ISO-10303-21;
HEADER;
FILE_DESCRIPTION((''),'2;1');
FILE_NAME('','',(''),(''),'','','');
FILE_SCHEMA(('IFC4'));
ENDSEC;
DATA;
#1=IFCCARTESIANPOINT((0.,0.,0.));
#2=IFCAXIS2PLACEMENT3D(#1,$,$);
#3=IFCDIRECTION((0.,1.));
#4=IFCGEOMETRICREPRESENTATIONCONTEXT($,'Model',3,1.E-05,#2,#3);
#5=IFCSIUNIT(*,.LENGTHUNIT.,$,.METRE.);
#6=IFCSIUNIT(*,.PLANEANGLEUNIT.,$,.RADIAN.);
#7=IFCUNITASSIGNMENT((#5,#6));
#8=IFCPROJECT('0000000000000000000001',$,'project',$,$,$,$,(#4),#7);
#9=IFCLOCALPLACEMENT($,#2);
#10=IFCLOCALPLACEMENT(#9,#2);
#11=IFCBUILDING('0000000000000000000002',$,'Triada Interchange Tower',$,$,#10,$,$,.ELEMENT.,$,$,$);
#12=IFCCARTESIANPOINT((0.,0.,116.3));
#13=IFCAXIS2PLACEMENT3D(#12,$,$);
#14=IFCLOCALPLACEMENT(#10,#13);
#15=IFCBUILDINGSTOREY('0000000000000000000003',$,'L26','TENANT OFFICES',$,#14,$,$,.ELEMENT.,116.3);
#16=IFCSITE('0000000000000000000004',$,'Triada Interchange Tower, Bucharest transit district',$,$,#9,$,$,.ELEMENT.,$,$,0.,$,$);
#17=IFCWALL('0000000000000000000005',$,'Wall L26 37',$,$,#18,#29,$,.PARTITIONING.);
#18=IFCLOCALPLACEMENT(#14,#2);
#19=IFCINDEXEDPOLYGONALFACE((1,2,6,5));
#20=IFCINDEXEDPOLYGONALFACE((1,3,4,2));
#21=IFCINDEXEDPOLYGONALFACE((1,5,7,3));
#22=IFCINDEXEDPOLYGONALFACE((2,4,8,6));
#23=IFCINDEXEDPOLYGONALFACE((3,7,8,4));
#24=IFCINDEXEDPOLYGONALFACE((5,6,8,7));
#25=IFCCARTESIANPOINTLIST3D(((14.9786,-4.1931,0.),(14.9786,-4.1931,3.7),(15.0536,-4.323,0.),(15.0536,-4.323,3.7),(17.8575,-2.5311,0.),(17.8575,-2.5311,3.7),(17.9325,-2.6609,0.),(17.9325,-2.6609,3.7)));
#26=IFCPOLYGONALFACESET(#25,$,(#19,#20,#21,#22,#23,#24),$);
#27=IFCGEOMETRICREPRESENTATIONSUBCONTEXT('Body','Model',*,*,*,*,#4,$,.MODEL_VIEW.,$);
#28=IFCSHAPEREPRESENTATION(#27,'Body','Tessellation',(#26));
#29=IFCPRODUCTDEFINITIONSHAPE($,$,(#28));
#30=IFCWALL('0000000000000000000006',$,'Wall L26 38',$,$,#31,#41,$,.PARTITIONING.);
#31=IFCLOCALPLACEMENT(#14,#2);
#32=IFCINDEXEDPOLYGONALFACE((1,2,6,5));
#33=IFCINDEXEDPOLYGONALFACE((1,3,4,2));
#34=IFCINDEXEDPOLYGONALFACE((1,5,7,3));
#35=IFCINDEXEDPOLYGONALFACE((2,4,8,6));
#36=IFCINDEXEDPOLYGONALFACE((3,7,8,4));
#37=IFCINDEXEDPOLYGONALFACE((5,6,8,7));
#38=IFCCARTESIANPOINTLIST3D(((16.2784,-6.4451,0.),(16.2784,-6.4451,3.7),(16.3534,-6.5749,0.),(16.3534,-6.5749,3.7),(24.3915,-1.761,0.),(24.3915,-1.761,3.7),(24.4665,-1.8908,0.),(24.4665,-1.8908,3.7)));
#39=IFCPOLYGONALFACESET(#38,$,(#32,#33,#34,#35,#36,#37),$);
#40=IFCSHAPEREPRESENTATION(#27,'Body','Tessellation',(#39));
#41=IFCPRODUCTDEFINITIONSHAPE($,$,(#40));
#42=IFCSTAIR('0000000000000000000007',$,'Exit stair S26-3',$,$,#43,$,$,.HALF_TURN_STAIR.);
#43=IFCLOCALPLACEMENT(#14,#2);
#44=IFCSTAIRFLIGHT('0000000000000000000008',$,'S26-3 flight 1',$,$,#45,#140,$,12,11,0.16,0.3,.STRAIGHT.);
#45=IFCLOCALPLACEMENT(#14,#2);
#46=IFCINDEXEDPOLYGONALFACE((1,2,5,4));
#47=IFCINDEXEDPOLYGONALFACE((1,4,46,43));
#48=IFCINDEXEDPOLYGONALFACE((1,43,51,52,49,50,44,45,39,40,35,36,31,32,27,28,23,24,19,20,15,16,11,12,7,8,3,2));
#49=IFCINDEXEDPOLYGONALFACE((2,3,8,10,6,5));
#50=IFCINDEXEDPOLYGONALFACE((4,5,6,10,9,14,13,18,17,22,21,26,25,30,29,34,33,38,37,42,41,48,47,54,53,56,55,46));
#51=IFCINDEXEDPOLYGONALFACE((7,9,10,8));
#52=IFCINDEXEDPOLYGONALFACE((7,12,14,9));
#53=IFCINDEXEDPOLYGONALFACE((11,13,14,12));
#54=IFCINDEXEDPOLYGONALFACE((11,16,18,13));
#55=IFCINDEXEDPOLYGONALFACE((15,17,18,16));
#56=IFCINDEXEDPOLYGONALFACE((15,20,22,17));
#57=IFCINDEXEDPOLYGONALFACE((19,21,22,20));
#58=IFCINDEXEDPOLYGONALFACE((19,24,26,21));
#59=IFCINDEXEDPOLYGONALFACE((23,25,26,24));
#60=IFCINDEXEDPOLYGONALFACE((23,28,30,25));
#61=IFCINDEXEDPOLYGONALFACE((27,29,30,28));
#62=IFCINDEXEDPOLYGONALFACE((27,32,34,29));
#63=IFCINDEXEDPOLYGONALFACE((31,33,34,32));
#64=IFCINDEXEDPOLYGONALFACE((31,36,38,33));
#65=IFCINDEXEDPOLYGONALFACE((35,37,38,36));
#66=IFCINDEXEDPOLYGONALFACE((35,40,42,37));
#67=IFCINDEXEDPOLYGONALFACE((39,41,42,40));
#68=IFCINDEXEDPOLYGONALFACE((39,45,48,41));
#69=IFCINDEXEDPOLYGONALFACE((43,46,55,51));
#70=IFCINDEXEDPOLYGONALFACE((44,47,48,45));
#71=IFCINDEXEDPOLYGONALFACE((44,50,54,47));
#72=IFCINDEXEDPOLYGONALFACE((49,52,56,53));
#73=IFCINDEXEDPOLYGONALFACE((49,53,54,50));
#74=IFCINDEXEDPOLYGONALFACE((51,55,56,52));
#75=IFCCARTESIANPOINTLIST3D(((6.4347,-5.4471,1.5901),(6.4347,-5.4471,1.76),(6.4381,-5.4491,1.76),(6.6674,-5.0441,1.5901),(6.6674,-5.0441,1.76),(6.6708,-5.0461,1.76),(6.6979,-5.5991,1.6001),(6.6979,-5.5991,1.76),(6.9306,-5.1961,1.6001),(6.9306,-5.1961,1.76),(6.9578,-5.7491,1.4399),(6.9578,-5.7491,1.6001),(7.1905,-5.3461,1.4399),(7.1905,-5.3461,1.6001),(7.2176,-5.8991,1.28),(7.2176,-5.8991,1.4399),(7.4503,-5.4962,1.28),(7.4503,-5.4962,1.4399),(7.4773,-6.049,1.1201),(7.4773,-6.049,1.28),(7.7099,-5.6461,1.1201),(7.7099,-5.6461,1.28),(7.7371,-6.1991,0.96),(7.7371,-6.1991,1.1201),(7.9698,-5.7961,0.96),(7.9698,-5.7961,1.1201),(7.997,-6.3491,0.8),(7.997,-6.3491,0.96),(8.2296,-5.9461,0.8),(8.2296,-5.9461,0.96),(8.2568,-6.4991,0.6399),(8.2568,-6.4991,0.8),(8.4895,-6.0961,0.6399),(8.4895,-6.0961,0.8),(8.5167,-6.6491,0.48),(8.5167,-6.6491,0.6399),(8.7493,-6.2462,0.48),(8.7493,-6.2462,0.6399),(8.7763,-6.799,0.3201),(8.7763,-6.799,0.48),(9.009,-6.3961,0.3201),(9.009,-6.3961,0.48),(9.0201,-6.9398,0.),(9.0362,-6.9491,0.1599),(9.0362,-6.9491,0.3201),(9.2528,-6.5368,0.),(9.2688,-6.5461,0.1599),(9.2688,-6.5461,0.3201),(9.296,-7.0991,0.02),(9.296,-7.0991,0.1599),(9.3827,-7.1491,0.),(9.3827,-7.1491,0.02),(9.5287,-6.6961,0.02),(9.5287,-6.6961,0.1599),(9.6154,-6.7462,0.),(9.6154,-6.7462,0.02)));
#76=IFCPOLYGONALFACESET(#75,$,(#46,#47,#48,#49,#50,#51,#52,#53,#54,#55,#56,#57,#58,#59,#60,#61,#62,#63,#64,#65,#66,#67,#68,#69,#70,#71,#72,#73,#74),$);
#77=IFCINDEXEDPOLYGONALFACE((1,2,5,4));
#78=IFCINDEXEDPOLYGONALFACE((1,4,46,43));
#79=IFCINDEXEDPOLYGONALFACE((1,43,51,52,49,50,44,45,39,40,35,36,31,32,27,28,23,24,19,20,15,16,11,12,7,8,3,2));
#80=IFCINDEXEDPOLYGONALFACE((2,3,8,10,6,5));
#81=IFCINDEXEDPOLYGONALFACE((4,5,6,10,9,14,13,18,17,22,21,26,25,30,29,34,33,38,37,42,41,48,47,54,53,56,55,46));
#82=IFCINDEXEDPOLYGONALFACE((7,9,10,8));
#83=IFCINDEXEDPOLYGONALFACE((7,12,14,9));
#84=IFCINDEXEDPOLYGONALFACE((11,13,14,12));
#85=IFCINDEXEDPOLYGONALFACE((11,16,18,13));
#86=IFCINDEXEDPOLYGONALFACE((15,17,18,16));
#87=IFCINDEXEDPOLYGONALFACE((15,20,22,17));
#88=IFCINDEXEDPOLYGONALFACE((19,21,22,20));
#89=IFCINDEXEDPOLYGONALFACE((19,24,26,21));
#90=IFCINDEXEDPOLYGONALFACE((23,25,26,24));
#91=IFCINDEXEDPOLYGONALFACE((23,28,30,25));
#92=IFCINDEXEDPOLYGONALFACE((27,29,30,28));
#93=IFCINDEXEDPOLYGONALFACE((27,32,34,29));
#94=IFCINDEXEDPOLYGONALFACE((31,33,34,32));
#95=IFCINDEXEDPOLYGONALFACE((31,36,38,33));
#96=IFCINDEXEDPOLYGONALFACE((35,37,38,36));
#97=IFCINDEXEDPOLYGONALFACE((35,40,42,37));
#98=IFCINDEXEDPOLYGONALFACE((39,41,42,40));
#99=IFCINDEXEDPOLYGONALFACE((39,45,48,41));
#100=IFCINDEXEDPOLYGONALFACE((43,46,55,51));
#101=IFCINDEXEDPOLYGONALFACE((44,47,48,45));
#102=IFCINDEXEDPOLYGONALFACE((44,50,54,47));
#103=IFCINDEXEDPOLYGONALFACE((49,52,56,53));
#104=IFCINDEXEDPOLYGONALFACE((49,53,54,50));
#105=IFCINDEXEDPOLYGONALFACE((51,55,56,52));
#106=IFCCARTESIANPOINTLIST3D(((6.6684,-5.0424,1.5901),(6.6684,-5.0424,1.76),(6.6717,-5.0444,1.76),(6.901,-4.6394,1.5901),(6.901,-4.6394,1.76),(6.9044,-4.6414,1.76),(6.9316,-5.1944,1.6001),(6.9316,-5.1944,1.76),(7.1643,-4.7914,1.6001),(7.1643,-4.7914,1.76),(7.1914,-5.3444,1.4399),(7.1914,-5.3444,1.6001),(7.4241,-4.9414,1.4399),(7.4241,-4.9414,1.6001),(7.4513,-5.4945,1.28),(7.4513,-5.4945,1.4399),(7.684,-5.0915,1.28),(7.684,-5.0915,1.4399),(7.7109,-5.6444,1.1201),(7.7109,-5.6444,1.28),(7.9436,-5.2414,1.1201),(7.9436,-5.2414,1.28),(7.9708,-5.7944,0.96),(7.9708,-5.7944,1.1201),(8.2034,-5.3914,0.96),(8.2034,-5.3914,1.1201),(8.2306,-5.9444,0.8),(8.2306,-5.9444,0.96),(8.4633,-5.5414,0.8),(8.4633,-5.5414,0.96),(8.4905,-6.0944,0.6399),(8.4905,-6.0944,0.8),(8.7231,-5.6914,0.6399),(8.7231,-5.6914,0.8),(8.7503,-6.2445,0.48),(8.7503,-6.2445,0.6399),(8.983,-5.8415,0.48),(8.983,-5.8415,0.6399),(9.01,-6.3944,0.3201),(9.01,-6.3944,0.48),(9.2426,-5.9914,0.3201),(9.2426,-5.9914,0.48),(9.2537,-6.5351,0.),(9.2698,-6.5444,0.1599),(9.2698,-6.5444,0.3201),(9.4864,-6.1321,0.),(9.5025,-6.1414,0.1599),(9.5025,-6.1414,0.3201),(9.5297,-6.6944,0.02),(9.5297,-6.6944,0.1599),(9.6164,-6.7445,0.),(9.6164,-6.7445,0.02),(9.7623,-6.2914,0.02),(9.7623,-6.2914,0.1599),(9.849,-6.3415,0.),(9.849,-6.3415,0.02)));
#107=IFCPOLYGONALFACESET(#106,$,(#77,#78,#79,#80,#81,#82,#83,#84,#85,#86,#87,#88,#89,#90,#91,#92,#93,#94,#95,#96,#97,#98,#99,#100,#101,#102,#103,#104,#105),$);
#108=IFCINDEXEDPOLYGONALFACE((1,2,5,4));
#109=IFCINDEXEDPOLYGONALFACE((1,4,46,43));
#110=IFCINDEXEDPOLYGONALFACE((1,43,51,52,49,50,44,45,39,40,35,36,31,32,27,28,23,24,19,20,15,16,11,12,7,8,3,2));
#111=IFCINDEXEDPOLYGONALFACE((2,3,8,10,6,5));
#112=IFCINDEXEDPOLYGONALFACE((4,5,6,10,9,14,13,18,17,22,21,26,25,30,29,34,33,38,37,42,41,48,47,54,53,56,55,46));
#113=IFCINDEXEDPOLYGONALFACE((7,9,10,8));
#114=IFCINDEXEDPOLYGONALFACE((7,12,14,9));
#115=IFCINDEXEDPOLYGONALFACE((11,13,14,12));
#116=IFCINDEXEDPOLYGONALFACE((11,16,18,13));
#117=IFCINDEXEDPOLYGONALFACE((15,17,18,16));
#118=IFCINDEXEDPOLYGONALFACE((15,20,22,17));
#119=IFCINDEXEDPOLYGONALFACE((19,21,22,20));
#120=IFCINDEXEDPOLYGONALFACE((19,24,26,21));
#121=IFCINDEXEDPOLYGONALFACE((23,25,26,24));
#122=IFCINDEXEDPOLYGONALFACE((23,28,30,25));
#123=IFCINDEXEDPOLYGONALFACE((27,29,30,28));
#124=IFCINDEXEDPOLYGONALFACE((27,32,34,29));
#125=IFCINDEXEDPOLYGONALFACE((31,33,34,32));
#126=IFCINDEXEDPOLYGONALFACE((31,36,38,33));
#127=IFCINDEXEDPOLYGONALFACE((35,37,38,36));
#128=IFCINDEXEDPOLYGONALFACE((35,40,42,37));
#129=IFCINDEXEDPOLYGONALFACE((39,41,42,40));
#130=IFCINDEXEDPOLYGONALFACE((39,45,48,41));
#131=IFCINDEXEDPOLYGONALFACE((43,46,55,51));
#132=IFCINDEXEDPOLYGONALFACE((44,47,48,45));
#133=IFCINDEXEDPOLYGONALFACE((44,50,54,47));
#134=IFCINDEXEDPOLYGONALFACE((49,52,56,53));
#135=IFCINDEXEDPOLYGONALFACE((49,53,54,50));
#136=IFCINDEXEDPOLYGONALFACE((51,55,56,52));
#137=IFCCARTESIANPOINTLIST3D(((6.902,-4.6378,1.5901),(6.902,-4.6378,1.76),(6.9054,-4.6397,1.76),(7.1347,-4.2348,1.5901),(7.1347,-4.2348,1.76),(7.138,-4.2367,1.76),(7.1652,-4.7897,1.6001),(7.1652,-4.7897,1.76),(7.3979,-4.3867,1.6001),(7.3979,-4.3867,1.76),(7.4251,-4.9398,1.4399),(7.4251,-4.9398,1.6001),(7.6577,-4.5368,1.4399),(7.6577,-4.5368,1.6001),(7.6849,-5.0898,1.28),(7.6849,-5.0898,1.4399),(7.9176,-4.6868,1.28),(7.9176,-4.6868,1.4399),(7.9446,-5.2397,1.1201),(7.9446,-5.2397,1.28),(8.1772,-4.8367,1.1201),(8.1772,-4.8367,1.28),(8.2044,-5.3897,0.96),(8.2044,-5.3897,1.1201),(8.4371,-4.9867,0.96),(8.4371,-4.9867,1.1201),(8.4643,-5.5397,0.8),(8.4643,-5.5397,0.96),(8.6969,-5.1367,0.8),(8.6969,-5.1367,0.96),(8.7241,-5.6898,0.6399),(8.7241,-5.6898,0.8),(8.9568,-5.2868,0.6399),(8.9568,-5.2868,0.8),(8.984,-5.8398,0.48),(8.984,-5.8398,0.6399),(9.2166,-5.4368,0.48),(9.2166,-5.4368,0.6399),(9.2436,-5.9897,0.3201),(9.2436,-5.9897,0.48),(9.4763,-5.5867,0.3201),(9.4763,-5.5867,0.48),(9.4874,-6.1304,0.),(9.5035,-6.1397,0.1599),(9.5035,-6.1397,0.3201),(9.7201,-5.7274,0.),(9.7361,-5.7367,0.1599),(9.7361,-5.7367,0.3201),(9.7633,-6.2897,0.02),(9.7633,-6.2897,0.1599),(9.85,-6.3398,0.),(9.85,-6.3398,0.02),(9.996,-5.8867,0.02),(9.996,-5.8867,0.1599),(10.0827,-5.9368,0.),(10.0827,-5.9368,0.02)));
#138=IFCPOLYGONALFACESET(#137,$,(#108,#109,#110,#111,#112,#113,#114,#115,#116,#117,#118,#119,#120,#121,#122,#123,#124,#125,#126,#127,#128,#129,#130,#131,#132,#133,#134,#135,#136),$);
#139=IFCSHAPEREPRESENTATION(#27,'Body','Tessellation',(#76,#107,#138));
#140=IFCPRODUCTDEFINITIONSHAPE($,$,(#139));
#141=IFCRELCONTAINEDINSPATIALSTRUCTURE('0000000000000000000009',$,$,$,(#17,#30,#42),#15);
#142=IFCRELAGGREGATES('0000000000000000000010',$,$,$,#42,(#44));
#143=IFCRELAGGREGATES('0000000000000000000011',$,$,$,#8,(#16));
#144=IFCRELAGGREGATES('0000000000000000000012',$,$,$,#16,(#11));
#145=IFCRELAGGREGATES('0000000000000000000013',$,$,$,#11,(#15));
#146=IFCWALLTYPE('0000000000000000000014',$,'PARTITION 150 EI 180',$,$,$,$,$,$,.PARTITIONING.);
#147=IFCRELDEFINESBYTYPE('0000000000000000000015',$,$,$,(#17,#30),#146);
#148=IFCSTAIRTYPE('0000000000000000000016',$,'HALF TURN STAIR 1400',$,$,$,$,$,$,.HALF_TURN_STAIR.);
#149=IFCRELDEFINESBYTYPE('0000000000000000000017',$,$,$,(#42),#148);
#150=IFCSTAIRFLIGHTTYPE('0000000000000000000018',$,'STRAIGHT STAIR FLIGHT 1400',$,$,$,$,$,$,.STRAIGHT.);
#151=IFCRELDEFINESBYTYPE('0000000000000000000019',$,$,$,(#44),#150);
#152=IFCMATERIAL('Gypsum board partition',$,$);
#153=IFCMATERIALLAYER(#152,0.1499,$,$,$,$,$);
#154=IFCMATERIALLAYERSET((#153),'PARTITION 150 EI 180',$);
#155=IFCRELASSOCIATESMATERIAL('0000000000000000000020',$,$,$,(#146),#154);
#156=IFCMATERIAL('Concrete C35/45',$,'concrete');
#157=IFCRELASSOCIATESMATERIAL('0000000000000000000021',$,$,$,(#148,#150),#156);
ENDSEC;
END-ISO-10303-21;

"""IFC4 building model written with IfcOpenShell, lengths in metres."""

from ifc_helpers import new_model, si_unit, direction, frame, frame_2d, origin, place, context, subcontext, project, spatial, polyline, rectangle, outline, extrude, material, layer, layer_set, type_object, element, aggregate, save


model = new_model("IFC4")

# Units and contexts
model_context = context("Model", 3, precision=1e-05, world=origin(), true_north=direction((0.0, 1.0)))
body_context = subcontext(model_context, "Body", "Model", "MODEL_VIEW")
ifc_project = project(units=[si_unit("LENGTHUNIT", "METRE"), si_unit("PLANEANGLEUNIT", "RADIAN")], contexts=[model_context])

# Site, building, storey
site_placement = place(None, origin())
site = spatial("IfcSite", under=ifc_project, at=site_placement, Name="Triada Interchange Tower, Bucharest transit district", CompositionType="ELEMENT", RefElevation=0.0)
building_placement = place(site_placement, origin())
building = spatial("IfcBuilding", under=site, at=building_placement, Name="Triada Interchange Tower", CompositionType="ELEMENT")
storey_placement = place(building_placement, frame((0.0, 0.0, 116.3)))
storey = spatial("IfcBuildingStorey", under=building, at=storey_placement, Name="L26", Description="TENANT OFFICES", CompositionType="ELEMENT", Elevation=116.3)

# Walls
ifc_material_1 = material(Name="Gypsum board partition")
ifc_layer_1 = layer(ifc_material_1, 0.1499)
ifc_layer_set_1 = layer_set([ifc_layer_1], Name="PARTITION 150 EI 180")
wall_type_1 = type_object("IfcWallType", Name="PARTITION 150 EI 180", PredefinedType="PARTITIONING", material=ifc_layer_set_1)
wall_1_placement = place(storey_placement, frame((15.0161, -4.2581, 0.0), z_axis=(0.0, 0.0, 1.0), x_axis=(0.866029, 0.499994, 0.0)))
element("IfcWall", 1, at=wall_1_placement, inside=storey, type_object=wall_type_1, Name="Wall L26 37", PredefinedType="PARTITIONING", context=body_context, shape_type="SweptSolid", body=[
    extrude(rectangle(XDim=3.3242, YDim=0.1499, at=frame_2d((1.6621, 0.0))), origin(), (0.0, 0.0, 1.0), 3.7),
])
wall_2_placement = place(storey_placement, frame((16.3159, -6.51, 0.0), z_axis=(0.0, 0.0, 1.0), x_axis=(0.866025, 0.500001, 0.0)))
element("IfcWall", 2, at=wall_2_placement, inside=storey, type_object=wall_type_1, Name="Wall L26 38", PredefinedType="PARTITIONING", context=body_context, shape_type="SweptSolid", body=[
    extrude(rectangle(XDim=9.3682, YDim=0.1499, at=frame_2d((4.6841, 0.0))), origin(), (0.0, 0.0, 1.0), 3.7),
])

# Stair, stair flight
ifc_material_2 = material(Name="Concrete C35/45", Category="concrete")
stair_type = type_object("IfcStairType", Name="HALF TURN STAIR 1400", PredefinedType="HALF_TURN_STAIR", material=ifc_material_2)
stair_placement = place(storey_placement, origin())
stair = element("IfcStair", 3, at=stair_placement, inside=storey, type_object=stair_type, Name="Exit stair S26-3", PredefinedType="HALF_TURN_STAIR")
stair_flight_type = type_object("IfcStairFlightType", Name="STRAIGHT STAIR FLIGHT 1400", PredefinedType="STRAIGHT", material=ifc_material_2)
stair_flight_1_placement = place(storey_placement, frame((9.646, -6.4929, 0.0), z_axis=(0.0, 0.0, 1.0), x_axis=(-0.866025, 0.5, 0.0)))
stair_flight_1 = element("IfcStairFlight", 4, at=stair_flight_1_placement, type_object=stair_flight_type, Name="S26-3 flight 1", NumberOfRisers=12, NumberOfTreads=11, PredefinedType="STRAIGHT", RiserHeight=0.16, TreadLength=0.3, context=body_context, shape_type="SweptSolid", body=[
    extrude(outline(polyline([(-0.1001, 0.0), (-0.1001, 0.02), (0.0, 0.02), (0.0, 0.1599), (0.3, 0.1599), (0.3, 0.3201), (0.6001, 0.3201), (0.6001, 0.48), (0.8999, 0.48), (0.8999, 0.6399), (1.2, 0.6399), (1.2, 0.8), (1.5, 0.8), (1.5, 0.96), (1.8, 0.96), (1.8, 1.1201), (2.1001, 1.1201), (2.1001, 1.28), (2.3999, 1.28), (2.3999, 1.4399), (2.7, 1.4399), (2.7, 1.6001), (3.0, 1.6001), (3.0, 1.76), (3.3, 1.76), (3.304, 1.76), (3.304, 1.9199), (3.304, 1.5901), (0.3186, 0.0), (-0.1001, 0.0)])), frame((0.0, 0.7, 0.0), z_axis=(0.0, -1.0, 0.0), x_axis=(1.0, 0.0, 0.0)), (0.0, 0.0, 1.0), 0.4653),
    extrude(outline(polyline([(-0.1001, 0.0), (-0.1001, 0.02), (0.0, 0.02), (0.0, 0.1599), (0.3, 0.1599), (0.3, 0.3201), (0.6001, 0.3201), (0.6001, 0.48), (0.8999, 0.48), (0.8999, 0.6399), (1.2, 0.6399), (1.2, 0.8), (1.5, 0.8), (1.5, 0.96), (1.8, 0.96), (1.8, 1.1201), (2.1001, 1.1201), (2.1001, 1.28), (2.3999, 1.28), (2.3999, 1.4399), (2.7, 1.4399), (2.7, 1.6001), (3.0, 1.6001), (3.0, 1.76), (3.3, 1.76), (3.304, 1.76), (3.304, 1.9199), (3.304, 1.5901), (0.3186, 0.0), (-0.1001, 0.0)])), frame((0.0, 0.2327, 0.0), z_axis=(0.0, -1.0, 0.0), x_axis=(1.0, 0.0, 0.0)), (0.0, 0.0, 1.0), 0.4653),
    extrude(outline(polyline([(-0.1001, 0.0), (-0.1001, 0.02), (0.0, 0.02), (0.0, 0.1599), (0.3, 0.1599), (0.3, 0.3201), (0.6001, 0.3201), (0.6001, 0.48), (0.8999, 0.48), (0.8999, 0.6399), (1.2, 0.6399), (1.2, 0.8), (1.5, 0.8), (1.5, 0.96), (1.8, 0.96), (1.8, 1.1201), (2.1001, 1.1201), (2.1001, 1.28), (2.3999, 1.28), (2.3999, 1.4399), (2.7, 1.4399), (2.7, 1.6001), (3.0, 1.6001), (3.0, 1.76), (3.3, 1.76), (3.304, 1.76), (3.304, 1.9199), (3.304, 1.5901), (0.3186, 0.0), (-0.1001, 0.0)])), frame((0.0, -0.2346, 0.0), z_axis=(0.0, -1.0, 0.0), x_axis=(1.0, 0.0, 0.0)), (0.0, 0.0, 1.0), 0.4653),
])
aggregate(stair, [stair_flight_1])

save(model, "model.ifc")
